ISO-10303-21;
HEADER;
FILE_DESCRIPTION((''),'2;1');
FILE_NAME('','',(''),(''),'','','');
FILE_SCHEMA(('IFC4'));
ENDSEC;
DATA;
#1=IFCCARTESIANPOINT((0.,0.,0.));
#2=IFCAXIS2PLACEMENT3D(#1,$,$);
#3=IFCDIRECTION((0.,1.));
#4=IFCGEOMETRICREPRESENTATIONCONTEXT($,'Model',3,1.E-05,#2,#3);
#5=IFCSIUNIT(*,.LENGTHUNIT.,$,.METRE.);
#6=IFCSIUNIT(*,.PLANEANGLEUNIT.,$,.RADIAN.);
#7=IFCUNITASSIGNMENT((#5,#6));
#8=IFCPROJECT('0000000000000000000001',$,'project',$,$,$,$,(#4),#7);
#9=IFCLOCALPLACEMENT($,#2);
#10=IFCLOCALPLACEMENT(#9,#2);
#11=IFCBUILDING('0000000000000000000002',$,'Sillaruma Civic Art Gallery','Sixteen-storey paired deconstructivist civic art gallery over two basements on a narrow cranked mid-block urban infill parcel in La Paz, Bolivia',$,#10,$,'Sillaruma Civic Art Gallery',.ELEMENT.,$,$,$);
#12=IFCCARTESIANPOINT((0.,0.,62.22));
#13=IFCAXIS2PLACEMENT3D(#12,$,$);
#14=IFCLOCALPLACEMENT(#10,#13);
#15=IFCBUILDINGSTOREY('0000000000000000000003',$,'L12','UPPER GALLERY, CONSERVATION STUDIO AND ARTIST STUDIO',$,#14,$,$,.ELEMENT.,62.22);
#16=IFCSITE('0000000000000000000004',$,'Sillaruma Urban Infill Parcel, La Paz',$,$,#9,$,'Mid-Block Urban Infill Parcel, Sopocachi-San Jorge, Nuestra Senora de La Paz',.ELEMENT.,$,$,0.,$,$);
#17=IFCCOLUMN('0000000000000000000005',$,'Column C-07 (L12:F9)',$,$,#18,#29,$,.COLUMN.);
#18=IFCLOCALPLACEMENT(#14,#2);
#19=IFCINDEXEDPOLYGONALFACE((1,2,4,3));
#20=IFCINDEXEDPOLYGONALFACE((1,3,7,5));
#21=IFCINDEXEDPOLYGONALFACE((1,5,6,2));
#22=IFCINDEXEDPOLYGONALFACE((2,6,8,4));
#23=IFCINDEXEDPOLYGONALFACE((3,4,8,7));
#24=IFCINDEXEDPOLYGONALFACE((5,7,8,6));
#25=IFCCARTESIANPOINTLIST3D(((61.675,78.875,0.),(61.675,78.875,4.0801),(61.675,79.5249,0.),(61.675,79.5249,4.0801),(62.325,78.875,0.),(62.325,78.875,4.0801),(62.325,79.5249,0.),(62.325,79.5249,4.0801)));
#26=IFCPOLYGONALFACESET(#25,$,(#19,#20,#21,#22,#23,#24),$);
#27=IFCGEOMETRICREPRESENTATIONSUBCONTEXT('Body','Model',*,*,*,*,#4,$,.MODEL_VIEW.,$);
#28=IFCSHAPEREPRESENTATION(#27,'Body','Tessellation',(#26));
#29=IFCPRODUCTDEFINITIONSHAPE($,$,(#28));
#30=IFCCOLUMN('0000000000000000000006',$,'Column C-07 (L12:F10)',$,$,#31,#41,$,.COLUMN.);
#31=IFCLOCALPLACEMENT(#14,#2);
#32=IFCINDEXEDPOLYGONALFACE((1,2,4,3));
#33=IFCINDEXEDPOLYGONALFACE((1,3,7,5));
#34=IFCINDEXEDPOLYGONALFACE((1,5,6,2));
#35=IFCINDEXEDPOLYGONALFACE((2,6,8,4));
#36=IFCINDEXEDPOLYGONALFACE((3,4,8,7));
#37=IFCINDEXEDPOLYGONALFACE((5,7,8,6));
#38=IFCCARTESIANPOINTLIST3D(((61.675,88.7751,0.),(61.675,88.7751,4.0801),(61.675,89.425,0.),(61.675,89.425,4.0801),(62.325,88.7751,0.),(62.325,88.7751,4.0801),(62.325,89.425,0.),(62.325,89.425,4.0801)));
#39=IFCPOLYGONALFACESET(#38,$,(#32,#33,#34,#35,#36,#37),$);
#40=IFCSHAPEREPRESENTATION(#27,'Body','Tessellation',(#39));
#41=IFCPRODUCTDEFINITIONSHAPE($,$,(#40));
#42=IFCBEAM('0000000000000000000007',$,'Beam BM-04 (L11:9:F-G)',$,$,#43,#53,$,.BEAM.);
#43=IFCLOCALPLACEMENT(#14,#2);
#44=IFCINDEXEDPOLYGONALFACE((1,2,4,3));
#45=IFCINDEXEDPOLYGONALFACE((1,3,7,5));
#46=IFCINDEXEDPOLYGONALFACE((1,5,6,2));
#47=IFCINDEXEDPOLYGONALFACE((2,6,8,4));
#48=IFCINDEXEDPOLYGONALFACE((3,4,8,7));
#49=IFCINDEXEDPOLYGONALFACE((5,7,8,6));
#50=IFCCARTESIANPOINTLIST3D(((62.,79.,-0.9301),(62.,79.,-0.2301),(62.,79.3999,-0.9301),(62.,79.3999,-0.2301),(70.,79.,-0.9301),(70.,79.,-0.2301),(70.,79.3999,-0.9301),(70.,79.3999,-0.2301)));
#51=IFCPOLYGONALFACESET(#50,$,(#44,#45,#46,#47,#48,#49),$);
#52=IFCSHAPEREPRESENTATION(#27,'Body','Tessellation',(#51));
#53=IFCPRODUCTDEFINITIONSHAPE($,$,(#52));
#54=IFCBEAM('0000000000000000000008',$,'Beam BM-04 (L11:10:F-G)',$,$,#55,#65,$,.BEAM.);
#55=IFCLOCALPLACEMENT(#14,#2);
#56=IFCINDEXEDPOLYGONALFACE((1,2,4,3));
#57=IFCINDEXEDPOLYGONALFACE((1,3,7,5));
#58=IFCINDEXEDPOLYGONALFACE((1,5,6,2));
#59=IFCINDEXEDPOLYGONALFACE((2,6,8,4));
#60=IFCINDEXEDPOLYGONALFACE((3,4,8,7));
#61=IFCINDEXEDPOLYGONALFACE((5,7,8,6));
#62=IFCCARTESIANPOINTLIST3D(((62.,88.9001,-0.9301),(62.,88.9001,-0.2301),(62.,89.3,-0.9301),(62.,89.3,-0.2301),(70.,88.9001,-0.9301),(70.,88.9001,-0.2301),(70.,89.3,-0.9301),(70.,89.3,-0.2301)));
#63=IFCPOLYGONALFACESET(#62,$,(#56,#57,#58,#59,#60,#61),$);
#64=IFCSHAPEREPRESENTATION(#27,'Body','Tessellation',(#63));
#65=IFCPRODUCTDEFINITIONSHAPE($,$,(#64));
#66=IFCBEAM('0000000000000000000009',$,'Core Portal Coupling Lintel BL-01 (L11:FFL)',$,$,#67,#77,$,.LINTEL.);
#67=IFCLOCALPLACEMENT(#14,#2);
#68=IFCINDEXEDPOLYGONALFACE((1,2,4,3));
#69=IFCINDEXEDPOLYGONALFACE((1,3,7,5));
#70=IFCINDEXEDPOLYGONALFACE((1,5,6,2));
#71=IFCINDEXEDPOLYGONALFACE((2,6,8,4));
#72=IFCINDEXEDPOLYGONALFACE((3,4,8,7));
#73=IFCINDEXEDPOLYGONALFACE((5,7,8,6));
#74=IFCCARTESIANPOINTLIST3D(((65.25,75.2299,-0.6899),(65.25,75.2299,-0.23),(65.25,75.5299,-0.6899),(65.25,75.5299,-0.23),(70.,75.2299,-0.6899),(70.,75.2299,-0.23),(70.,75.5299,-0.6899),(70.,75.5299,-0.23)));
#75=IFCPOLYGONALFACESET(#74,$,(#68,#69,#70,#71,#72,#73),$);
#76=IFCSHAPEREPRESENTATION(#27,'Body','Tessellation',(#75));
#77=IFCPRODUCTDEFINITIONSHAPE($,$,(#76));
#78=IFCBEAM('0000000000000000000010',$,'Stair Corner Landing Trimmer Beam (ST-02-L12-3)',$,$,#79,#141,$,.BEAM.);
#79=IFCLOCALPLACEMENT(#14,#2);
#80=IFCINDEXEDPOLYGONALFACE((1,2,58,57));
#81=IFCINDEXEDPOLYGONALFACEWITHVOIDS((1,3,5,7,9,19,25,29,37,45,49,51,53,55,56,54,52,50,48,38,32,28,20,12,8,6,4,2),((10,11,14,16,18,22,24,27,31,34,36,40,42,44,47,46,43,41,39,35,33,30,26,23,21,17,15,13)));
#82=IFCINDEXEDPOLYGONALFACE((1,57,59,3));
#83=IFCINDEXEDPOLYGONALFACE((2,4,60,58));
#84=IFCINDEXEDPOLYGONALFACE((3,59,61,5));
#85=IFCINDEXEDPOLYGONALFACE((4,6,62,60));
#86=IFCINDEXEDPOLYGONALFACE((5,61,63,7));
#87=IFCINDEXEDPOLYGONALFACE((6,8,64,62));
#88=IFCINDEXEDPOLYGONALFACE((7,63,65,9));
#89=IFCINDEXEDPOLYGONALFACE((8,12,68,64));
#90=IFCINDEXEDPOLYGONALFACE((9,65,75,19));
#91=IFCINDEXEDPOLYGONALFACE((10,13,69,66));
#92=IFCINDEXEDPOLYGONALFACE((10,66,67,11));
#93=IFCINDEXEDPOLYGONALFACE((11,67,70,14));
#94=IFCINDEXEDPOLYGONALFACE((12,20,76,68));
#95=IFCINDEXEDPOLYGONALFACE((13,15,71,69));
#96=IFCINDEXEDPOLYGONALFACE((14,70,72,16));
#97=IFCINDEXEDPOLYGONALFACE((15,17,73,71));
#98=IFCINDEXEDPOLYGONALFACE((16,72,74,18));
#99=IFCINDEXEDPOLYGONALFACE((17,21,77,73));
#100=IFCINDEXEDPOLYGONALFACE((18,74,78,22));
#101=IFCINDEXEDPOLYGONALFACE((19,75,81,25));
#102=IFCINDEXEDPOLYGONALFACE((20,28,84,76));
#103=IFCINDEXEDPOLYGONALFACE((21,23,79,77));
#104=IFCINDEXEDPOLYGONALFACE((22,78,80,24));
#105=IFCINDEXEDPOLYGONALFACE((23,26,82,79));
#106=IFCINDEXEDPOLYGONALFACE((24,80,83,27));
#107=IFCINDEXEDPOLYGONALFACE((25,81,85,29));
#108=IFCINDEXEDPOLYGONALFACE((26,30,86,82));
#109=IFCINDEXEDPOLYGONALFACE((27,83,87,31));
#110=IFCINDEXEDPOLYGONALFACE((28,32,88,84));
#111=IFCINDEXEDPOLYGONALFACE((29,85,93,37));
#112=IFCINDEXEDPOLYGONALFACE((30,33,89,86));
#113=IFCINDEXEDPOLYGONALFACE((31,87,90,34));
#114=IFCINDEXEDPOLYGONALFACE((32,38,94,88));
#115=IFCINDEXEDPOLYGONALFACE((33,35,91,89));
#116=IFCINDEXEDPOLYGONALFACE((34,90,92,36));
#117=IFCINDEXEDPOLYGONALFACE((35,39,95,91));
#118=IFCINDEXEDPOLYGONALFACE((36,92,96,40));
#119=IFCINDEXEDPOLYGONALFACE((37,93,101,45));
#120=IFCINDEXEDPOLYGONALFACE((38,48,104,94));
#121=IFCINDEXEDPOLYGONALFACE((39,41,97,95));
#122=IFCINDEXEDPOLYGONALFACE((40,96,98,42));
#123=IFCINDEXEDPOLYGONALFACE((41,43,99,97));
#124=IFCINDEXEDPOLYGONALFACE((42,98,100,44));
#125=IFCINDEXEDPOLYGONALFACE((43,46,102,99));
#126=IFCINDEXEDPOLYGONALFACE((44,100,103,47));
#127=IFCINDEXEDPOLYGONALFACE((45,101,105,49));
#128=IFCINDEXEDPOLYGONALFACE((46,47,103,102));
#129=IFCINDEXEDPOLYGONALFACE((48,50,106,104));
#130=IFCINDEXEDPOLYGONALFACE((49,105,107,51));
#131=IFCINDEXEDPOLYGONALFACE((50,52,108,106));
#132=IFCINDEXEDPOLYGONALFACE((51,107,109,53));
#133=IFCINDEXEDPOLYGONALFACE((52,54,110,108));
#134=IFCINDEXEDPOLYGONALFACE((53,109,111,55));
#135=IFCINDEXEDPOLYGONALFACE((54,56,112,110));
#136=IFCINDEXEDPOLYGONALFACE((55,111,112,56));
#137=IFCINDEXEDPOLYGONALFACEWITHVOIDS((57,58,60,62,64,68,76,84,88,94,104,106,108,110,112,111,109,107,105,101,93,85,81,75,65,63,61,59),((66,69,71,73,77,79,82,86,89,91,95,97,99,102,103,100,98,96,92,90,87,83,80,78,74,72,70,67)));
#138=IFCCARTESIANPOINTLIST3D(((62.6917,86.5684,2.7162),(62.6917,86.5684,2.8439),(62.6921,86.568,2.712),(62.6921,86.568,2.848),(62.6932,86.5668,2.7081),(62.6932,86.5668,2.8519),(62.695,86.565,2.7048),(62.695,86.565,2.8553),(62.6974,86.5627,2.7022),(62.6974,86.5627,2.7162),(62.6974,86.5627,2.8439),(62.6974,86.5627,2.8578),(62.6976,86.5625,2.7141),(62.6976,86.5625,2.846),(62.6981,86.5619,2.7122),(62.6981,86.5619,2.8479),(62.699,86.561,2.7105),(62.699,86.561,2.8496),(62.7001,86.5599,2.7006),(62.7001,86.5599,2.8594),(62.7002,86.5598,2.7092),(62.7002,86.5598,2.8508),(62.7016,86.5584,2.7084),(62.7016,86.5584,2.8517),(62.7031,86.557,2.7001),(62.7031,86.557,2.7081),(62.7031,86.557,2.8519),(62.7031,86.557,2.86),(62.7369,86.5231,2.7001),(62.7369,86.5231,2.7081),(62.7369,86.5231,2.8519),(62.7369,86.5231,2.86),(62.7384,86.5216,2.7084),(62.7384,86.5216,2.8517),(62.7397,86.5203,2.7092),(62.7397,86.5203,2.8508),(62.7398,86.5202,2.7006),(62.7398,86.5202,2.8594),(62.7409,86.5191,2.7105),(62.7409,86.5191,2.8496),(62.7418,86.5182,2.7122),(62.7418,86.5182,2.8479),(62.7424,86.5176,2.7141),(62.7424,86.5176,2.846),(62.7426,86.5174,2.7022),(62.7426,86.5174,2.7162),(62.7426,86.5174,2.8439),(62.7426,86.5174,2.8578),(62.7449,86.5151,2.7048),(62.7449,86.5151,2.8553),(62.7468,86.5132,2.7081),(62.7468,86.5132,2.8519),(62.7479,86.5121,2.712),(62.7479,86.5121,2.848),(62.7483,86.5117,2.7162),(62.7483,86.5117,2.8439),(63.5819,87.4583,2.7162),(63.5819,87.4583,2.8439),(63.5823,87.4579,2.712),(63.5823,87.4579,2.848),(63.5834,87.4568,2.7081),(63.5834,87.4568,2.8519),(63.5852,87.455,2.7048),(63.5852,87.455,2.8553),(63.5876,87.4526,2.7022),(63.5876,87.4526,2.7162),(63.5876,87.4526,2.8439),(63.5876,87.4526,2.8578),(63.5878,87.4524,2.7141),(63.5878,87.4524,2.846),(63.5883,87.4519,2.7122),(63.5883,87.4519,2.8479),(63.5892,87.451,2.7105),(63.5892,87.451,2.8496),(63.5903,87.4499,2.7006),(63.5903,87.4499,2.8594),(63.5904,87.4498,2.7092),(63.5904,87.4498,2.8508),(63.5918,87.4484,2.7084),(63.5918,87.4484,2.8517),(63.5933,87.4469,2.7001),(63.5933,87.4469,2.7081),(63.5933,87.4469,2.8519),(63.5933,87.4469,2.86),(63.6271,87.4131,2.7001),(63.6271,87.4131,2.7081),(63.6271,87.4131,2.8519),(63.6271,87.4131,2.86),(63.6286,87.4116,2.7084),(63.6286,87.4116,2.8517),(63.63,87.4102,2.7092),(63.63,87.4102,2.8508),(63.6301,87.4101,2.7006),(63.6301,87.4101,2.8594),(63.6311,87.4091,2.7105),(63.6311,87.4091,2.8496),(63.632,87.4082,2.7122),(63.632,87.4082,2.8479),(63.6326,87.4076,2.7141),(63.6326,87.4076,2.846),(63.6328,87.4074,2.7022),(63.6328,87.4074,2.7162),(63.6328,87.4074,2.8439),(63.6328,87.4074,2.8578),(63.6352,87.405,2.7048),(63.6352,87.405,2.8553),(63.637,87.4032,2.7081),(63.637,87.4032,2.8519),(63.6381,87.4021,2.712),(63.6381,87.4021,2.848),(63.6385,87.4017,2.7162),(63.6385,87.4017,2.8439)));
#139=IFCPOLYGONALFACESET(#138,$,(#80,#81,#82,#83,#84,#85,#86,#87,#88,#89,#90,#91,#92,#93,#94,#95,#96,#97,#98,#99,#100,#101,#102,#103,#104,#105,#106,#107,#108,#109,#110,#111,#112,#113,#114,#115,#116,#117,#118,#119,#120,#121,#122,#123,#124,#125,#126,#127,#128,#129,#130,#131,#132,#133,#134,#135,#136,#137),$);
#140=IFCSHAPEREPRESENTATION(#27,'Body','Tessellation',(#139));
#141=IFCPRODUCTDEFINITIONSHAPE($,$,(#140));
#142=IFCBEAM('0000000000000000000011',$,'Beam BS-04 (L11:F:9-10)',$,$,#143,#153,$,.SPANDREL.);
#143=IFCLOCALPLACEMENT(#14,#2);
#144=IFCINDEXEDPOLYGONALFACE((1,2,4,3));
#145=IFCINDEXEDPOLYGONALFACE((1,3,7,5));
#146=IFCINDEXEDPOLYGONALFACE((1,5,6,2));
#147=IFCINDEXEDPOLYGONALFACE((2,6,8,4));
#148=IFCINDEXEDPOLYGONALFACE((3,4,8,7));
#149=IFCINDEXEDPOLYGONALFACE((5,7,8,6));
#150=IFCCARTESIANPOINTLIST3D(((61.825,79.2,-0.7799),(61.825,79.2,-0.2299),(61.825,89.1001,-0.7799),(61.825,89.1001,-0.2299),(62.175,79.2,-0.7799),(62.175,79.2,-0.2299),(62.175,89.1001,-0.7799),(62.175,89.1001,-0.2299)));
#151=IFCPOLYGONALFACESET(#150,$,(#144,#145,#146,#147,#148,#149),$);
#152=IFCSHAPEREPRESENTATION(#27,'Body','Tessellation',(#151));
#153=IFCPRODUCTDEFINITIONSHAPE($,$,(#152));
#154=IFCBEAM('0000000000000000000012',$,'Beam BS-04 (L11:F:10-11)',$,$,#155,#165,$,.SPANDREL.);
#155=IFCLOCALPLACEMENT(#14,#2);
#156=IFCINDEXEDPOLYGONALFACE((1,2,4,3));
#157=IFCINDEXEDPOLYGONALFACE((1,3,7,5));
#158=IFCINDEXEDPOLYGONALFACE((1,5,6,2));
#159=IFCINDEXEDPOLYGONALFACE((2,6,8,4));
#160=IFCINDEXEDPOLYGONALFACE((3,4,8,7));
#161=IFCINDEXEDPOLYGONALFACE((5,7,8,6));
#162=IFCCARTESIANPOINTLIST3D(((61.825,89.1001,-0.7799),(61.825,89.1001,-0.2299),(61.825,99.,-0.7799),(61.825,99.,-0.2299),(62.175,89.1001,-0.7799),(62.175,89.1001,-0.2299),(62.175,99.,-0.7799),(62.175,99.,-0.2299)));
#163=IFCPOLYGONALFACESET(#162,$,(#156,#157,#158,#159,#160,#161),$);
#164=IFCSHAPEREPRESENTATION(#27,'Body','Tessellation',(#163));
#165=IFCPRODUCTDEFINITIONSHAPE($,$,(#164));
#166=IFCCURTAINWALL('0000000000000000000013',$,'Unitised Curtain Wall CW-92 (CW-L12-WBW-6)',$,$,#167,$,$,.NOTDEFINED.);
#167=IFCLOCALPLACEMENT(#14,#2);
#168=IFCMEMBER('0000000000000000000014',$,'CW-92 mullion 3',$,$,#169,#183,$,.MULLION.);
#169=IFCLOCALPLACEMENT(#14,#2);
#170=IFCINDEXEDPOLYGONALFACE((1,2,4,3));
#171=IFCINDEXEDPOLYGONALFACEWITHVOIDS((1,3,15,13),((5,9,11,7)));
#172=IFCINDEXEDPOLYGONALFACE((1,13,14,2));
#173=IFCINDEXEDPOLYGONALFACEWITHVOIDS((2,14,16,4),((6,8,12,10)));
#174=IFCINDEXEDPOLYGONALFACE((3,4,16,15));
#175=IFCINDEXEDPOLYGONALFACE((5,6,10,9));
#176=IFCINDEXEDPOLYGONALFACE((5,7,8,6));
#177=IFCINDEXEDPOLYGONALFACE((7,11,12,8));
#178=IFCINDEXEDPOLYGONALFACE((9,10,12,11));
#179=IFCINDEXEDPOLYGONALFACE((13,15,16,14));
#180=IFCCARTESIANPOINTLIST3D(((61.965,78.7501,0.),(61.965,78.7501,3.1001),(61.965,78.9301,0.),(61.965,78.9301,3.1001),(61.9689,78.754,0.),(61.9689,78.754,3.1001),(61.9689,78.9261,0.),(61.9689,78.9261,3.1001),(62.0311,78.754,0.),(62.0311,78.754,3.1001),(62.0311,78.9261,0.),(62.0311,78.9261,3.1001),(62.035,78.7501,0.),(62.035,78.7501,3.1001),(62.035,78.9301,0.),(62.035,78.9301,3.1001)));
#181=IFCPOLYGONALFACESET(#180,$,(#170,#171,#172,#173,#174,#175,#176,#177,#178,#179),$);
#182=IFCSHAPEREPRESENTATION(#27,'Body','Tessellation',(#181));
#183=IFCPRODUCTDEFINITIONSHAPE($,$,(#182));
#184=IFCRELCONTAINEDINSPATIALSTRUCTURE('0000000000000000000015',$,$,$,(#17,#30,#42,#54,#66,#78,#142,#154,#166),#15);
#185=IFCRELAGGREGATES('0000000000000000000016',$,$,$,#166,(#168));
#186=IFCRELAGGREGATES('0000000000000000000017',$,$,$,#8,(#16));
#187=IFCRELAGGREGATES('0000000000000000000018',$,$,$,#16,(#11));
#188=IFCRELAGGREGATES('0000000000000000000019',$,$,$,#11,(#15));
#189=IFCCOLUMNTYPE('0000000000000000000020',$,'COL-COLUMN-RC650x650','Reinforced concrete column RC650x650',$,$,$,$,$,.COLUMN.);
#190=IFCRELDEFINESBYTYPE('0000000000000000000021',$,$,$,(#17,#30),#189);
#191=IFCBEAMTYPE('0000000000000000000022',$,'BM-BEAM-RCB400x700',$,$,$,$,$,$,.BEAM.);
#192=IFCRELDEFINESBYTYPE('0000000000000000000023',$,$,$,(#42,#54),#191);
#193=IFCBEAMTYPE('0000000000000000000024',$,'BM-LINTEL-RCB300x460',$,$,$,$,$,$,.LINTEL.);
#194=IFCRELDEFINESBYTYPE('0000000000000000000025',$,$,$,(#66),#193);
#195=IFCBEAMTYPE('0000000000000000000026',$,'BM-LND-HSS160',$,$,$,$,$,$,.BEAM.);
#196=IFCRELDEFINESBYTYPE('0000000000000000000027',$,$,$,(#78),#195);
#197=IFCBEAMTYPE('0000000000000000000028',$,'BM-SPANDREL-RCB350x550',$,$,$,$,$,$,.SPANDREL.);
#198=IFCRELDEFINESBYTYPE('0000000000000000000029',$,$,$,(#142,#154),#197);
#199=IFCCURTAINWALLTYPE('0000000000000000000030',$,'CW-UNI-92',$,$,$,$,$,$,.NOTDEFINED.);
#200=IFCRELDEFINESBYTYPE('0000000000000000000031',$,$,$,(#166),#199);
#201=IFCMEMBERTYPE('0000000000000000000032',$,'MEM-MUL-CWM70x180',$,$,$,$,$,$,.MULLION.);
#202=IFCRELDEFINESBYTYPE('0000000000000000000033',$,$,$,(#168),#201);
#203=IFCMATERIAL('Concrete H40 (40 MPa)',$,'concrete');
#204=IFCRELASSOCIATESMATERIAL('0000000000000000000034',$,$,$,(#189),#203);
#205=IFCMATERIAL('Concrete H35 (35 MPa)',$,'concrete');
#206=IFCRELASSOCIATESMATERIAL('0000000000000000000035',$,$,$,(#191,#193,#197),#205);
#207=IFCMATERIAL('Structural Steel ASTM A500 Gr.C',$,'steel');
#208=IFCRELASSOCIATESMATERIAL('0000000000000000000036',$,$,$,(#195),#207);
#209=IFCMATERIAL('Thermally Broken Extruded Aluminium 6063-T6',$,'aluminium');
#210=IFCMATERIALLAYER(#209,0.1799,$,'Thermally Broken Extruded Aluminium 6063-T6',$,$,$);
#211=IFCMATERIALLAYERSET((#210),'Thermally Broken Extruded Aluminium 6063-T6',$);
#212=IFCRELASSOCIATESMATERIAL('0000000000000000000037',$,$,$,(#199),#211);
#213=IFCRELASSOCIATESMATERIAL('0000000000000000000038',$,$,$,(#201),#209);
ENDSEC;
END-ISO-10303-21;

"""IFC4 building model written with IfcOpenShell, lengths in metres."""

from ifc_helpers import new_model, si_unit, direction, frame, origin, origin_2d, place, context, subcontext, project, spatial, rectangle, hollow_rectangle, extrude, material, layer, layer_set, material_profile, profile_set, type_object, element, aggregate, save


model = new_model("IFC4")

# Units and contexts
model_context = context("Model", 3, precision=1e-05, world=origin(), true_north=direction((0.0, 1.0)))
body_context = subcontext(model_context, "Body", "Model", "MODEL_VIEW")
ifc_project = project(units=[si_unit("LENGTHUNIT", "METRE"), si_unit("PLANEANGLEUNIT", "RADIAN")], contexts=[model_context])

# Site, building, storey
site_placement = place(None, origin())
site = spatial("IfcSite", under=ifc_project, at=site_placement, Name="Sillaruma Urban Infill Parcel, La Paz", LongName="Mid-Block Urban Infill Parcel, Sopocachi-San Jorge, Nuestra Senora de La Paz", CompositionType="ELEMENT", RefElevation=0.0)
building_placement = place(site_placement, origin())
building = spatial("IfcBuilding", under=site, at=building_placement, Name="Sillaruma Civic Art Gallery", Description="Sixteen-storey paired deconstructivist civic art gallery over two basements on a narrow cranked mid-block urban infill parcel in La Paz, Bolivia", LongName="Sillaruma Civic Art Gallery", CompositionType="ELEMENT")
storey_placement = place(building_placement, frame((0.0, 0.0, 62.22)))
storey = spatial("IfcBuildingStorey", under=building, at=storey_placement, Name="L12", Description="UPPER GALLERY, CONSERVATION STUDIO AND ARTIST STUDIO", CompositionType="ELEMENT", Elevation=62.22)

# Columns
ifc_material_1 = material(Name="Concrete H40 (40 MPa)", Category="concrete")
ifc_material_profile_1 = material_profile(ifc_material_1, rectangle(XDim=0.6499, YDim=0.6499, at=origin_2d()), Name="RC650x650")
ifc_profile_set_1 = profile_set([ifc_material_profile_1], Name="Concrete H40 (40 MPa)")
column_type = type_object("IfcColumnType", Name="COL-COLUMN-RC650x650", Description="Reinforced concrete column RC650x650", PredefinedType="COLUMN", material=ifc_profile_set_1)
for number, where, z_axis, x_axis, name in (
    (1, (62.0, 79.2, 0.0), (0.0, 0.0, 1.0), (1.0, 0.0, 0.0), "Column C-07 (L12:F9)"),
    (2, (62.0, 89.1001, 0.0), (0.0, 0.0, 1.0), (1.0, 0.0, 0.0), "Column C-07 (L12:F10)"),
):
    element("IfcColumn", number, at=place(storey_placement, frame(where, z_axis=z_axis, x_axis=x_axis)), inside=storey, type_object=column_type, Name=name, PredefinedType="COLUMN", context=body_context, shape_type="SweptSolid", body=[
        extrude(rectangle(XDim=0.6499, YDim=0.6499, at=origin_2d()), origin(), (0.0, 0.0, 1.0), 4.0801),
    ])

# Beams
ifc_material_2 = material(Name="Concrete H35 (35 MPa)", Category="concrete")
ifc_material_profile_2 = material_profile(ifc_material_2, rectangle(XDim=0.3999, YDim=0.7, at=origin_2d()), Name="RCB400x700")
ifc_profile_set_2 = profile_set([ifc_material_profile_2], Name="Concrete H35 (35 MPa)")
beam_type_1 = type_object("IfcBeamType", Name="BM-BEAM-RCB400x700", PredefinedType="BEAM", material=ifc_profile_set_2)
for number, where, z_axis, x_axis, name in (
    (3, (62.0, 79.2, -0.5801), (1.0, 0.0, 0.0), (0.0, 1.0, 0.0), "Beam BM-04 (L11:9:F-G)"),
    (4, (62.0, 89.1001, -0.5801), (1.0, 0.0, 0.0), (0.0, 1.0, 0.0), "Beam BM-04 (L11:10:F-G)"),
):
    element("IfcBeam", number, at=place(storey_placement, frame(where, z_axis=z_axis, x_axis=x_axis)), inside=storey, type_object=beam_type_1, Name=name, PredefinedType="BEAM", context=body_context, shape_type="SweptSolid", body=[
        extrude(rectangle(XDim=0.3999, YDim=0.7, at=origin_2d()), origin(), (0.0, 0.0, 1.0), 8.0),
    ])
ifc_material_profile_3 = material_profile(ifc_material_2, rectangle(XDim=0.3, YDim=0.46, at=origin_2d()), Name="RCB300x460")
ifc_profile_set_3 = profile_set([ifc_material_profile_3], Name="Concrete H35 (35 MPa)")
beam_type_2 = type_object("IfcBeamType", Name="BM-LINTEL-RCB300x460", PredefinedType="LINTEL", material=ifc_profile_set_3)
beam_1_placement = place(storey_placement, frame((65.25, 75.3799, -0.46), z_axis=(1.0, 0.0, 0.0), x_axis=(0.0, 1.0, 0.0)))
element("IfcBeam", 5, at=beam_1_placement, inside=storey, type_object=beam_type_2, Name="Core Portal Coupling Lintel BL-01 (L11:FFL)", PredefinedType="LINTEL", context=body_context, shape_type="SweptSolid", body=[
    extrude(rectangle(XDim=0.3, YDim=0.46, at=origin_2d()), origin(), (0.0, 0.0, 1.0), 4.75),
])
ifc_material_3 = material(Name="Structural Steel ASTM A500 Gr.C", Category="steel")
ifc_material_profile_4 = material_profile(ifc_material_3, hollow_rectangle(XDim=0.0801, YDim=0.1599, WallThickness=0.0081, InnerFilletRadius=0.0081, OuterFilletRadius=0.0161, at=origin_2d()), Name="HSS160x80x8")
ifc_profile_set_4 = profile_set([ifc_material_profile_4], Name="Structural Steel ASTM A500 Gr.C")
beam_type_3 = type_object("IfcBeamType", Name="BM-LND-HSS160", PredefinedType="BEAM", material=ifc_profile_set_4)
beam_2_placement = place(storey_placement, frame((62.72, 86.54, 2.78), z_axis=(0.707204, 0.70701, 0.0), x_axis=(-0.70701, 0.707204, 0.0)))
element("IfcBeam", 6, at=beam_2_placement, inside=storey, type_object=beam_type_3, Name="Stair Corner Landing Trimmer Beam (ST-02-L12-3)", PredefinedType="BEAM", context=body_context, shape_type="SweptSolid", body=[
    extrude(hollow_rectangle(XDim=0.0801, YDim=0.1599, WallThickness=0.0081, InnerFilletRadius=0.0081, OuterFilletRadius=0.0161, at=origin_2d()), origin(), (0.0, 0.0, 1.0), 1.2588),
])
ifc_material_profile_5 = material_profile(ifc_material_2, rectangle(XDim=0.3501, YDim=0.55, at=origin_2d()), Name="RCB350x550")
ifc_profile_set_5 = profile_set([ifc_material_profile_5], Name="Concrete H35 (35 MPa)")
beam_type_4 = type_object("IfcBeamType", Name="BM-SPANDREL-RCB350x550", PredefinedType="SPANDREL", material=ifc_profile_set_5)
beam_3_placement = place(storey_placement, frame((62.0, 79.2, -0.5049), z_axis=(0.0, 1.0, 0.0), x_axis=(-1.0, 0.0, 0.0)))
element("IfcBeam", 7, at=beam_3_placement, inside=storey, type_object=beam_type_4, Name="Beam BS-04 (L11:F:9-10)", PredefinedType="SPANDREL", context=body_context, shape_type="SweptSolid", body=[
    extrude(rectangle(XDim=0.3501, YDim=0.55, at=origin_2d()), origin(), (0.0, 0.0, 1.0), 9.9001),
])
beam_4_placement = place(storey_placement, frame((62.0, 89.1001, -0.5049), z_axis=(0.0, 1.0, 0.0), x_axis=(-1.0, 0.0, 0.0)))
element("IfcBeam", 8, at=beam_4_placement, inside=storey, type_object=beam_type_4, Name="Beam BS-04 (L11:F:10-11)", PredefinedType="SPANDREL", context=body_context, shape_type="SweptSolid", body=[
    extrude(rectangle(XDim=0.3501, YDim=0.55, at=origin_2d()), origin(), (0.0, 0.0, 1.0), 9.8999),
])

# Curtain wall, member
ifc_material_4 = material(Name="Thermally Broken Extruded Aluminium 6063-T6", Category="aluminium")
ifc_layer_1 = layer(ifc_material_4, 0.1799, Name="Thermally Broken Extruded Aluminium 6063-T6")
ifc_layer_set_1 = layer_set([ifc_layer_1], Name="Thermally Broken Extruded Aluminium 6063-T6")
curtain_wall_type = type_object("IfcCurtainWallType", Name="CW-UNI-92", PredefinedType="NOTDEFINED", material=ifc_layer_set_1)
curtain_wall_placement = place(storey_placement, origin())
curtain_wall = element("IfcCurtainWall", 9, at=curtain_wall_placement, inside=storey, type_object=curtain_wall_type, Name="Unitised Curtain Wall CW-92 (CW-L12-WBW-6)", PredefinedType="NOTDEFINED")
ifc_material_profile_6 = material_profile(ifc_material_4, hollow_rectangle(XDim=0.0701, YDim=0.1799, WallThickness=0.0039, at=origin_2d()), Name="CWM70x180")
ifc_profile_set_6 = profile_set([ifc_material_profile_6], Name="Thermally Broken Extruded Aluminium 6063-T6")
member_type = type_object("IfcMemberType", Name="MEM-MUL-CWM70x180", PredefinedType="MULLION", material=ifc_profile_set_6)
member_placement = place(storey_placement, frame((62.0, 78.8401, 0.0), z_axis=(0.0, 0.0, 1.0), x_axis=(-1.0, 0.0, 0.0)))
member = element("IfcMember", 10, at=member_placement, type_object=member_type, Name="CW-92 mullion 3", PredefinedType="MULLION", context=body_context, shape_type="SweptSolid", body=[
    extrude(hollow_rectangle(XDim=0.0701, YDim=0.1799, WallThickness=0.0039, at=origin_2d()), origin(), (0.0, 0.0, 1.0), 3.1001),
])
aggregate(curtain_wall, [member])

save(model, "model.ifc")
